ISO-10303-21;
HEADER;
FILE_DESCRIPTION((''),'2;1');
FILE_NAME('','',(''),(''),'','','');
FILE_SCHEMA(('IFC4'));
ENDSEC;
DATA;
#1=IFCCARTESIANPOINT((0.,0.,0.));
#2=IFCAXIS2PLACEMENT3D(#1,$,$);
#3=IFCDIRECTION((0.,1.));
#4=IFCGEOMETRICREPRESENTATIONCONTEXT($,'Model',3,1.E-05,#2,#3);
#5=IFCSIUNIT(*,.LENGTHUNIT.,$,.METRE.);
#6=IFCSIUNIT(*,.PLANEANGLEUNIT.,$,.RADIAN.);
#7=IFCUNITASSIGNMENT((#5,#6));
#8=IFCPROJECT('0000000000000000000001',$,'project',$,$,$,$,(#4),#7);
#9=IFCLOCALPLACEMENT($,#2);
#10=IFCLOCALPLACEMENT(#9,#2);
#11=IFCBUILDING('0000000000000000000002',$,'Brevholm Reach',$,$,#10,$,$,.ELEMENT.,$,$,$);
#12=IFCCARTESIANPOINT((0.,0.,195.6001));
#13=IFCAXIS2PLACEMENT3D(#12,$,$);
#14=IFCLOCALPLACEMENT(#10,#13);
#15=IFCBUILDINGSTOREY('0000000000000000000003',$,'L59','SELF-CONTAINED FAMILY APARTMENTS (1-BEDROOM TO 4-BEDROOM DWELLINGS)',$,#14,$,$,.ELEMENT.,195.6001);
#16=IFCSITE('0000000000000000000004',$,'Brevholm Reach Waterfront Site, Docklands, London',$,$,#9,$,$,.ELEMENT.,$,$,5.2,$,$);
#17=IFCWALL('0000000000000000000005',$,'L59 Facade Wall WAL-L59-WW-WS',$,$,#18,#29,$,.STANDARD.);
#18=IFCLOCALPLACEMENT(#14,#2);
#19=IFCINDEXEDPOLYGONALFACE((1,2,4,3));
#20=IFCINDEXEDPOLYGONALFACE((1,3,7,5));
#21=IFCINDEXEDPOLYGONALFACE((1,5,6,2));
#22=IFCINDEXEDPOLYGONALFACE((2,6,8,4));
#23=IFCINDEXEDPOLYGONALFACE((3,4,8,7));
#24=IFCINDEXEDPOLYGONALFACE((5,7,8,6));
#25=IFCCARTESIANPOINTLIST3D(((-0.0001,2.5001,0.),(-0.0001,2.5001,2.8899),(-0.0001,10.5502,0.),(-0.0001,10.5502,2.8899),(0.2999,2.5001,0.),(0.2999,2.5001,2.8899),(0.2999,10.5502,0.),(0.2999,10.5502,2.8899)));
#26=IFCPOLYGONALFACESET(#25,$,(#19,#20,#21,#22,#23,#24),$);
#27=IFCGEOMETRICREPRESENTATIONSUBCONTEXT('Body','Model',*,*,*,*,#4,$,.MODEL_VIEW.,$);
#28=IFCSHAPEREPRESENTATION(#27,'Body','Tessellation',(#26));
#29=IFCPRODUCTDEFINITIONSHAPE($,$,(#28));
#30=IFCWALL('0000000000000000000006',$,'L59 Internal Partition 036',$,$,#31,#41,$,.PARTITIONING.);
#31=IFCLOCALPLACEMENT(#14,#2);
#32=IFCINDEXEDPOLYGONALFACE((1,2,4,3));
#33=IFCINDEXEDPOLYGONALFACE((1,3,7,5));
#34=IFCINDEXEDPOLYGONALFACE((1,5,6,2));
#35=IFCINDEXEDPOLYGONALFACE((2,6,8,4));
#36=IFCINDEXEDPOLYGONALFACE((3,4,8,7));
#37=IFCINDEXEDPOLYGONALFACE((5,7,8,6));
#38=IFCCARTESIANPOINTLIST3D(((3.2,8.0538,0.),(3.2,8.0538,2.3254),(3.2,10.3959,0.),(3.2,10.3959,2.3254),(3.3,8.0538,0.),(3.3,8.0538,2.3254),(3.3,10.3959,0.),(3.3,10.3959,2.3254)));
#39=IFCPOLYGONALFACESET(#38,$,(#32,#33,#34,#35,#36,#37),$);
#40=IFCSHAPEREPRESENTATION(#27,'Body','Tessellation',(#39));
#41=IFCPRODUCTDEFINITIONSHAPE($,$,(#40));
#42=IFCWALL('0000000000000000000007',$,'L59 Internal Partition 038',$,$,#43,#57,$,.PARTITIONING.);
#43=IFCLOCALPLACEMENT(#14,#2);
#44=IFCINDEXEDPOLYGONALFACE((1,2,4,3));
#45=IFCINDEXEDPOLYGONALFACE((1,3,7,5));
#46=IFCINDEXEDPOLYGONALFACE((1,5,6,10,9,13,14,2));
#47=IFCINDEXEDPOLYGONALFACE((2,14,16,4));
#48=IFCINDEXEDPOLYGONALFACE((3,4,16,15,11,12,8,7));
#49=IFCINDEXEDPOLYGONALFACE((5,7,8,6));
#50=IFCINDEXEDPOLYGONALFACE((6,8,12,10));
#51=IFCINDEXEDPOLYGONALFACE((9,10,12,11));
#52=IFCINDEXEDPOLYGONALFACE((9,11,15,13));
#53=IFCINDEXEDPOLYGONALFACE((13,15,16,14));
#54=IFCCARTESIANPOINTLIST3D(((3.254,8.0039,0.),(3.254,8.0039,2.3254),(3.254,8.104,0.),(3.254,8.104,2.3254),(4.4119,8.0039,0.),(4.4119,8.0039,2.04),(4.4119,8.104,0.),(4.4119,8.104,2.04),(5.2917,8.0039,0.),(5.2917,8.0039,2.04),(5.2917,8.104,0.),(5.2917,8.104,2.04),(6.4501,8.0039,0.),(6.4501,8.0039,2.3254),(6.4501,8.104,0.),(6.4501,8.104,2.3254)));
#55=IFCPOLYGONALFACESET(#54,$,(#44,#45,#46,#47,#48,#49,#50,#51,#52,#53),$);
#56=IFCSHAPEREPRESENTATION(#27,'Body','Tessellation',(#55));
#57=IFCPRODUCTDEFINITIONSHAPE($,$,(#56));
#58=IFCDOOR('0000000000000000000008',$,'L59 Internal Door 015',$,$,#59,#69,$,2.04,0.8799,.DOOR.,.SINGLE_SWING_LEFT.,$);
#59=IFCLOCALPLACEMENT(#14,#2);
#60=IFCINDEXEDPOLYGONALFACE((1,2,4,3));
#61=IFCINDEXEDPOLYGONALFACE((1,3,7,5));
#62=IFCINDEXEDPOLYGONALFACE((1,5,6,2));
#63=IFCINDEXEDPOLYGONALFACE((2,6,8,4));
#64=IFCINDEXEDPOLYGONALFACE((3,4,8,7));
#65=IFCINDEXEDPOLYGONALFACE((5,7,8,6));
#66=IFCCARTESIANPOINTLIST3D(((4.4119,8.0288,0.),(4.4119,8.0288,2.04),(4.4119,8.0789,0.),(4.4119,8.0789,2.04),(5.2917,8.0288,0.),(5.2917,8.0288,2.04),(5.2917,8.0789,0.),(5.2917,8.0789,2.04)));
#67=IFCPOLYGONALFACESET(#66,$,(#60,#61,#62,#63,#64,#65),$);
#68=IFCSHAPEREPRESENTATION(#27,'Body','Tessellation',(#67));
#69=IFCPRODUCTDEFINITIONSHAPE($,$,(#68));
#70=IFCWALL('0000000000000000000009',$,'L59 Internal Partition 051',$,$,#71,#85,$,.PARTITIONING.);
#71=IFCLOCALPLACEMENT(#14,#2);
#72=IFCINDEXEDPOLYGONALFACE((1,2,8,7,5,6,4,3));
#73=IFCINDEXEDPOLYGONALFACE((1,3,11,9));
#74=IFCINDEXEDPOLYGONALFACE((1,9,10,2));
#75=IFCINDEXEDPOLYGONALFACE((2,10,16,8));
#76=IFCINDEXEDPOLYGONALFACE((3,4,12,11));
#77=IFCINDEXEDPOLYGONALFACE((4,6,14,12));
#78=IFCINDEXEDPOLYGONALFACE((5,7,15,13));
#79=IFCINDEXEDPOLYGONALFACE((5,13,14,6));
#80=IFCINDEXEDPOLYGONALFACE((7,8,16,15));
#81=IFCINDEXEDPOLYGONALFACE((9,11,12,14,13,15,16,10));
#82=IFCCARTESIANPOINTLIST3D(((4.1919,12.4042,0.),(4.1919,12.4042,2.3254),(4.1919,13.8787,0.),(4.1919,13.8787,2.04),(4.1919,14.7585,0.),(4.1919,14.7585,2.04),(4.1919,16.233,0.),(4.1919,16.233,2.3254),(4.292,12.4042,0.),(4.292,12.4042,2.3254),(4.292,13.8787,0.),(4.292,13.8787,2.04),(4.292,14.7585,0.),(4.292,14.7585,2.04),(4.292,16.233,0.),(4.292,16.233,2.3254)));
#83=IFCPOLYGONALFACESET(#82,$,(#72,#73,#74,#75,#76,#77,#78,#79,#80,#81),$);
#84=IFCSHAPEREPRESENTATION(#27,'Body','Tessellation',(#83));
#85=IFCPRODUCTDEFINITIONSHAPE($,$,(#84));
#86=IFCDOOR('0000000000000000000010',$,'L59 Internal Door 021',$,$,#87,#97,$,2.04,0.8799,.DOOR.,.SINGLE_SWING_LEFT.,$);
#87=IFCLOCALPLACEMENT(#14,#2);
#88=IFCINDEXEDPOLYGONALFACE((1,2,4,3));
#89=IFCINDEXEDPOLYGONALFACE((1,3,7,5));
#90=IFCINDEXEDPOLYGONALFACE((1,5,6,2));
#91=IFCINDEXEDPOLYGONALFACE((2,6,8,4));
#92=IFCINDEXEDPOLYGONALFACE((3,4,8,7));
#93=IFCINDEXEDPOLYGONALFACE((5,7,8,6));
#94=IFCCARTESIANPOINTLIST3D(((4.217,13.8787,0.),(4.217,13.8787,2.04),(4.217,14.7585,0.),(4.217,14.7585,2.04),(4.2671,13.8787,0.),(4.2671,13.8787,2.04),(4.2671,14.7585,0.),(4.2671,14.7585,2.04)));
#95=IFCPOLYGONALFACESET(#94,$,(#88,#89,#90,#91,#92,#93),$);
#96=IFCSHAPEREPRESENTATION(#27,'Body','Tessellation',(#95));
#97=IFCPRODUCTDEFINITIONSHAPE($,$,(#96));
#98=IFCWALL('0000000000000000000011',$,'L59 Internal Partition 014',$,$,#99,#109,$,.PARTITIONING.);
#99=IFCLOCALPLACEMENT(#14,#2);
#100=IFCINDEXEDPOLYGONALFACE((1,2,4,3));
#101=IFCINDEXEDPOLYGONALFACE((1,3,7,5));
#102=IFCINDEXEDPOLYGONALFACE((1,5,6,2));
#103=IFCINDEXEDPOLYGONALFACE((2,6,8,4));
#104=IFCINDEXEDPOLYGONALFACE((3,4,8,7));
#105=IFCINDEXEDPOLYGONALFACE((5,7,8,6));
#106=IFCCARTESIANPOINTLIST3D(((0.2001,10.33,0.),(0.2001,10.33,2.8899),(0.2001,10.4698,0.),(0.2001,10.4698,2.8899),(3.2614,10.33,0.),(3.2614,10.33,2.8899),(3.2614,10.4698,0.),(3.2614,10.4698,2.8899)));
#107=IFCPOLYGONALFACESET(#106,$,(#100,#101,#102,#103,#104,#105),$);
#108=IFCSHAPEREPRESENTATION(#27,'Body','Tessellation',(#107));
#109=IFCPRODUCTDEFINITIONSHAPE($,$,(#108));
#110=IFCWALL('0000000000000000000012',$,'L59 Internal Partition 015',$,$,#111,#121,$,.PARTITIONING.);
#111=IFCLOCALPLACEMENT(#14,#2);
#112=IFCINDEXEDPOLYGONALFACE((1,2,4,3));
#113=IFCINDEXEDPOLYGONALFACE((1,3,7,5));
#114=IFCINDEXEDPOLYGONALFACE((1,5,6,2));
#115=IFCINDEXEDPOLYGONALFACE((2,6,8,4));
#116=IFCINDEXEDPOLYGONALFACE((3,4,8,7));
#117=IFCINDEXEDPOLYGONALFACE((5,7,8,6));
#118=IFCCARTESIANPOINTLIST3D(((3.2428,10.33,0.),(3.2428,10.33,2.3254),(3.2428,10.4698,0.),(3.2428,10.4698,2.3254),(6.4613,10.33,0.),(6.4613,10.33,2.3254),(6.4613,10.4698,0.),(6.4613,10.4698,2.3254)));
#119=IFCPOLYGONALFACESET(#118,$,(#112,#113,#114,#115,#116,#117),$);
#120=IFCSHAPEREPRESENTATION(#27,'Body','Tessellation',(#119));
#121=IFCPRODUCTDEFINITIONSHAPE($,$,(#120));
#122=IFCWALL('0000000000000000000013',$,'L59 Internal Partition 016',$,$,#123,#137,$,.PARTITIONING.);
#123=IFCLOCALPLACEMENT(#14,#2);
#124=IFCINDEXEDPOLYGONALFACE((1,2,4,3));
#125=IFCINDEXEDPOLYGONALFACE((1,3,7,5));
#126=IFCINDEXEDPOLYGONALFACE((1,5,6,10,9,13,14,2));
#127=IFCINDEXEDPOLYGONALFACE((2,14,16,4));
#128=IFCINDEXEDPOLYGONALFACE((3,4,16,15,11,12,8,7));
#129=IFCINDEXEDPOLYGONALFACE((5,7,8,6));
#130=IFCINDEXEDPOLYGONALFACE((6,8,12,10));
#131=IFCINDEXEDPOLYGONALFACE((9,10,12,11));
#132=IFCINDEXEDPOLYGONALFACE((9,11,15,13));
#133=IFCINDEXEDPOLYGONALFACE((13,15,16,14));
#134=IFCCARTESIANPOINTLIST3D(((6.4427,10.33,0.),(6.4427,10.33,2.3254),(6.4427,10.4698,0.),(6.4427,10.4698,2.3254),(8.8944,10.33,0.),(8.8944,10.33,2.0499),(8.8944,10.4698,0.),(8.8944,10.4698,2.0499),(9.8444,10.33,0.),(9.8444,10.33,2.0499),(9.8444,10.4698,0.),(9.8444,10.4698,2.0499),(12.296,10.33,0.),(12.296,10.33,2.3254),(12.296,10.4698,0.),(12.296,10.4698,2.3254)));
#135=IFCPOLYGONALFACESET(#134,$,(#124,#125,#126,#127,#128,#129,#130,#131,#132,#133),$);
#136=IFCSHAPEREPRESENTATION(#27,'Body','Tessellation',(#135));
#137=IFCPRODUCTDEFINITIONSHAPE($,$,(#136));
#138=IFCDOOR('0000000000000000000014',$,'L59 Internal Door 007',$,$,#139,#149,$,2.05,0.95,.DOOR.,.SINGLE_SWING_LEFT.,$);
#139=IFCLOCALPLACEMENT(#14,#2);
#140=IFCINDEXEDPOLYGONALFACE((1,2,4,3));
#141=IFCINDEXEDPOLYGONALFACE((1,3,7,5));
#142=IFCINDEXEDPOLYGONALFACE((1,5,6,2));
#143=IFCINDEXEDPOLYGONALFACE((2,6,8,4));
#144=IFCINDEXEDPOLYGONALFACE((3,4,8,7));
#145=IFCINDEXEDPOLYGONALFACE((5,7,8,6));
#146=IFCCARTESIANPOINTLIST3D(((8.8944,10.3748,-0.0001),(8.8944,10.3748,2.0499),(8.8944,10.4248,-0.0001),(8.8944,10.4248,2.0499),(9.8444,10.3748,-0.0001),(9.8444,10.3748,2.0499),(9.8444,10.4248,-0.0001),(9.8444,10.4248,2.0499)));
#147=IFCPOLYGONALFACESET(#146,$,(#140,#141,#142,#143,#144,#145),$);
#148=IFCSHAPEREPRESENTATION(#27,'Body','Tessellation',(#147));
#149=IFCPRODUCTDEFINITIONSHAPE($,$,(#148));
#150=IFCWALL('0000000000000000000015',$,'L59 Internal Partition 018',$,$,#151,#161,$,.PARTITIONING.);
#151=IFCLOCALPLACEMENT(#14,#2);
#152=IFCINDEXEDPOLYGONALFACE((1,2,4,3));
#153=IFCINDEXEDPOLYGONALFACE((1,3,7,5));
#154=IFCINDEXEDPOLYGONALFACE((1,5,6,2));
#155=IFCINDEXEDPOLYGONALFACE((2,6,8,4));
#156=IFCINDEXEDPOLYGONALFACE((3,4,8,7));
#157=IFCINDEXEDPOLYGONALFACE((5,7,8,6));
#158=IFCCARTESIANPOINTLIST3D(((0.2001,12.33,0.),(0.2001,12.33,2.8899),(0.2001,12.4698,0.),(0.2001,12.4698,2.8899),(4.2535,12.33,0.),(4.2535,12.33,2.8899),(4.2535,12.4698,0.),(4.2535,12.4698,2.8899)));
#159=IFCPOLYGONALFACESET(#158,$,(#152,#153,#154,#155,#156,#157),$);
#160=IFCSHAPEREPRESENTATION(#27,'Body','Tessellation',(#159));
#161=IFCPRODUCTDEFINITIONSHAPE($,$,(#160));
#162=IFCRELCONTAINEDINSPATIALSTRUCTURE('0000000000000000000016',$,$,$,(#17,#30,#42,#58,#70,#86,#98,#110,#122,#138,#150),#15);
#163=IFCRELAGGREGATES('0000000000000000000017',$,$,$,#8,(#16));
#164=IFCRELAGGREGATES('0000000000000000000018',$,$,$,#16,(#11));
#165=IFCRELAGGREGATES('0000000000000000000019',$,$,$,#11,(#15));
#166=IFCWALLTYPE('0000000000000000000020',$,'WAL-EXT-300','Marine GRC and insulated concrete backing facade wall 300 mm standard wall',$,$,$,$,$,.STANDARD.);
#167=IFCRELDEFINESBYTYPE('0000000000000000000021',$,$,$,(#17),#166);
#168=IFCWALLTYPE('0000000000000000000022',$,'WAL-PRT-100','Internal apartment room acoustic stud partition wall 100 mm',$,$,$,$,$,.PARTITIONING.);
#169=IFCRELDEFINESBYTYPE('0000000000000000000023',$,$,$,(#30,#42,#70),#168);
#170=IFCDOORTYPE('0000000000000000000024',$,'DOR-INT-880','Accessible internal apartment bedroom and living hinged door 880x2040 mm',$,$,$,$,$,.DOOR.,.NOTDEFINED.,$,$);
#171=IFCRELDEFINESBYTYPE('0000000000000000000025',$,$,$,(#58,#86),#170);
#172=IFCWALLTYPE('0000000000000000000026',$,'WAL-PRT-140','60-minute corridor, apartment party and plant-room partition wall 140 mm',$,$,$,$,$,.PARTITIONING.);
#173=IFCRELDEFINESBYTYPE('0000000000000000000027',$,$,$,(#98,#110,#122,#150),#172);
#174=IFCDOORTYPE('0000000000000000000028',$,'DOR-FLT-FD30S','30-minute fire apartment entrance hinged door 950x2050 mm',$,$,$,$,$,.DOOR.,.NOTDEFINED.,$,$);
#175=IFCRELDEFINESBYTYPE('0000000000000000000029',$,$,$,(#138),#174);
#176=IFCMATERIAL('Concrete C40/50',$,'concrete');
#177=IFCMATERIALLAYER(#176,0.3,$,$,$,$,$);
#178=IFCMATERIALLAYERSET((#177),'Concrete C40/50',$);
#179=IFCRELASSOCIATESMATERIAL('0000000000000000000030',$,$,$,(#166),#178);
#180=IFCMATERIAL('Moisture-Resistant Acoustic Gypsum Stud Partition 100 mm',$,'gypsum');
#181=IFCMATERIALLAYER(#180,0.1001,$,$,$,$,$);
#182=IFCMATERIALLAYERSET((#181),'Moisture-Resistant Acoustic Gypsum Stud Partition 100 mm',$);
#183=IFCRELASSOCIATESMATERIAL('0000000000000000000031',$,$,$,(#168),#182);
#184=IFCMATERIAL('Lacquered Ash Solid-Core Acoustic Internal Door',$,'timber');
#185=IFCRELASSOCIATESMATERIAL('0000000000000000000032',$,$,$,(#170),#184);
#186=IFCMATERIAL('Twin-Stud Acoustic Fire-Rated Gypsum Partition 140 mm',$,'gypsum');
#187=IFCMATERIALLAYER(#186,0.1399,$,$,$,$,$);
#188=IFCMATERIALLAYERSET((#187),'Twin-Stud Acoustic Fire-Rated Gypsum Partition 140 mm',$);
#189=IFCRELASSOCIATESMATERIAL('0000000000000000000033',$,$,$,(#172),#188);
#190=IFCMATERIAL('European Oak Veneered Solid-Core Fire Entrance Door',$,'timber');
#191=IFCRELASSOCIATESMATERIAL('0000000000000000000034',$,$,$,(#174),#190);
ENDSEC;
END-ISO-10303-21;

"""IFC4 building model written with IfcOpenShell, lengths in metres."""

from ifc_helpers import new_model, si_unit, direction, frame, frame_2d, origin, place, context, subcontext, project, spatial, rectangle, extrude, material, layer, layer_set, type_object, element, fill, save


model = new_model("IFC4")

# Units and contexts
model_context = context("Model", 3, precision=1e-05, world=origin(), true_north=direction((0.0, 1.0)))
body_context = subcontext(model_context, "Body", "Model", "MODEL_VIEW")
ifc_project = project(units=[si_unit("LENGTHUNIT", "METRE"), si_unit("PLANEANGLEUNIT", "RADIAN")], contexts=[model_context])

# Site, building, storey
site_placement = place(None, origin())
site = spatial("IfcSite", under=ifc_project, at=site_placement, Name="Brevholm Reach Waterfront Site, Docklands, London", CompositionType="ELEMENT", RefElevation=5.2)
building_placement = place(site_placement, origin())
building = spatial("IfcBuilding", under=site, at=building_placement, Name="Brevholm Reach", CompositionType="ELEMENT")
storey_placement = place(building_placement, frame((0.0, 0.0, 195.6001)))
storey = spatial("IfcBuildingStorey", under=building, at=storey_placement, Name="L59", Description="SELF-CONTAINED FAMILY APARTMENTS (1-BEDROOM TO 4-BEDROOM DWELLINGS)", CompositionType="ELEMENT", Elevation=195.6001)

# Walls
ifc_material_1 = material(Name="Concrete C40/50", Category="concrete")
ifc_layer_1 = layer(ifc_material_1, 0.3)
ifc_layer_set_1 = layer_set([ifc_layer_1], Name="Concrete C40/50")
wall_type_1 = type_object("IfcWallType", Name="WAL-EXT-300", Description="Marine GRC and insulated concrete backing facade wall 300 mm standard wall", PredefinedType="STANDARD", material=ifc_layer_set_1)
wall_1_placement = place(storey_placement, frame((0.1499, 10.55, 0.0), z_axis=(0.0, 0.0, 1.0), x_axis=(0.0, -1.0, 0.0)))
element("IfcWall", 1, at=wall_1_placement, inside=storey, type_object=wall_type_1, Name="L59 Facade Wall WAL-L59-WW-WS", PredefinedType="STANDARD", context=body_context, shape_type="SweptSolid", body=[
    extrude(rectangle(XDim=8.05, YDim=0.3, at=frame_2d((4.0249, 0.0))), origin(), (0.0, 0.0, 1.0), 2.8899),
])
ifc_material_2 = material(Name="Moisture-Resistant Acoustic Gypsum Stud Partition 100 mm", Category="gypsum")
ifc_layer_2 = layer(ifc_material_2, 0.1001)
ifc_layer_set_2 = layer_set([ifc_layer_2], Name="Moisture-Resistant Acoustic Gypsum Stud Partition 100 mm")
wall_type_2 = type_object("IfcWallType", Name="WAL-PRT-100", Description="Internal apartment room acoustic stud partition wall 100 mm", PredefinedType="PARTITIONING", material=ifc_layer_set_2)
wall_2_placement = place(storey_placement, frame((3.25, 8.054, 0.0), z_axis=(0.0, 0.0, 1.0), x_axis=(0.0, 1.0, 0.0)))
element("IfcWall", 2, at=wall_2_placement, inside=storey, type_object=wall_type_2, Name="L59 Internal Partition 036", PredefinedType="PARTITIONING", context=body_context, shape_type="SweptSolid", body=[
    extrude(rectangle(XDim=2.342, YDim=0.1001, at=frame_2d((1.1709, 0.0))), origin(), (0.0, 0.0, 1.0), 2.3254),
])

# Walls, openings, doors
wall_3_placement = place(storey_placement, frame((3.2539, 8.054, 0.0), z_axis=(0.0, 0.0, 1.0), x_axis=(1.0, 0.0, 0.0)))
wall_3 = element("IfcWall", 3, at=wall_3_placement, inside=storey, type_object=wall_type_2, Name="L59 Internal Partition 038", PredefinedType="PARTITIONING", context=body_context, shape_type="SweptSolid", body=[
    extrude(rectangle(XDim=3.196, YDim=0.1001, at=frame_2d((1.5981, 0.0))), origin(), (0.0, 0.0, 1.0), 2.3254),
])
opening_1_placement = place(wall_3_placement, frame((1.158, 0.0, 0.0)))
opening_1 = element("IfcOpeningElement", 4, at=opening_1_placement, cuts=wall_3, PredefinedType="OPENING", context=body_context, shape_type="SweptSolid", body=[
    extrude(rectangle(XDim=0.8799, YDim=2.04, at=frame_2d((0.4399, 1.02))), frame((0.0, 0.0601, 0.0), z_axis=(0.0, -1.0, 0.0), x_axis=(1.0, 0.0, 0.0)), (0.0, 0.0, 1.0), 0.1201),
])
ifc_material_3 = material(Name="Lacquered Ash Solid-Core Acoustic Internal Door", Category="timber")
door_type_1 = type_object("IfcDoorType", Name="DOR-INT-880", Description="Accessible internal apartment bedroom and living hinged door 880x2040 mm", OperationType="NOTDEFINED", PredefinedType="DOOR", material=ifc_material_3)
door_1_placement = place(opening_1_placement, origin())
door_1 = element("IfcDoor", 5, at=door_1_placement, inside=storey, type_object=door_type_1, Name="L59 Internal Door 015", OperationType="SINGLE_SWING_LEFT", OverallHeight=2.04, OverallWidth=0.8799, PredefinedType="DOOR", context=body_context, shape_type="SweptSolid", body=[
    extrude(rectangle(XDim=0.8799, YDim=2.04, at=frame_2d((0.4399, 1.02))), frame((0.0, 0.0249, 0.0), z_axis=(0.0, -1.0, 0.0), x_axis=(1.0, 0.0, 0.0)), (0.0, 0.0, 1.0), 0.05),
])
fill(opening_1, door_1)
wall_4_placement = place(storey_placement, frame((4.2419, 12.4041, 0.0), z_axis=(0.0, 0.0, 1.0), x_axis=(0.0, 1.0, 0.0)))
wall_4 = element("IfcWall", 6, at=wall_4_placement, inside=storey, type_object=wall_type_2, Name="L59 Internal Partition 051", PredefinedType="PARTITIONING", context=body_context, shape_type="SweptSolid", body=[
    extrude(rectangle(XDim=3.8289, YDim=0.1001, at=frame_2d((1.9146, 0.0))), origin(), (0.0, 0.0, 1.0), 2.3254),
])
opening_2_placement = place(wall_4_placement, frame((1.4746, 0.0, 0.0)))
opening_2 = element("IfcOpeningElement", 7, at=opening_2_placement, cuts=wall_4, PredefinedType="OPENING", context=body_context, shape_type="SweptSolid", body=[
    extrude(rectangle(XDim=0.8799, YDim=2.04, at=frame_2d((0.4399, 1.02))), frame((0.0, 0.0601, 0.0), z_axis=(0.0, -1.0, 0.0), x_axis=(1.0, 0.0, 0.0)), (0.0, 0.0, 1.0), 0.1201),
])
door_2_placement = place(opening_2_placement, origin())
door_2 = element("IfcDoor", 8, at=door_2_placement, inside=storey, type_object=door_type_1, Name="L59 Internal Door 021", OperationType="SINGLE_SWING_LEFT", OverallHeight=2.04, OverallWidth=0.8799, PredefinedType="DOOR", context=body_context, shape_type="SweptSolid", body=[
    extrude(rectangle(XDim=0.8799, YDim=2.04, at=frame_2d((0.4399, 1.02))), frame((0.0, 0.0249, 0.0), z_axis=(0.0, -1.0, 0.0), x_axis=(1.0, 0.0, 0.0)), (0.0, 0.0, 1.0), 0.05),
])
fill(opening_2, door_2)

# Walls
ifc_material_4 = material(Name="Twin-Stud Acoustic Fire-Rated Gypsum Partition 140 mm", Category="gypsum")
ifc_layer_3 = layer(ifc_material_4, 0.1399)
ifc_layer_set_3 = layer_set([ifc_layer_3], Name="Twin-Stud Acoustic Fire-Rated Gypsum Partition 140 mm")
wall_type_3 = type_object("IfcWallType", Name="WAL-PRT-140", Description="60-minute corridor, apartment party and plant-room partition wall 140 mm", PredefinedType="PARTITIONING", material=ifc_layer_set_3)
wall_5_placement = place(storey_placement, frame((0.2, 10.3999, 0.0), z_axis=(0.0, 0.0, 1.0), x_axis=(1.0, 0.0, 0.0)))
element("IfcWall", 9, at=wall_5_placement, inside=storey, type_object=wall_type_3, Name="L59 Internal Partition 014", PredefinedType="PARTITIONING", context=body_context, shape_type="SweptSolid", body=[
    extrude(rectangle(XDim=3.0613, YDim=0.1399, at=frame_2d((1.5308, 0.0))), origin(), (0.0, 0.0, 1.0), 2.8899),
])
wall_6_placement = place(storey_placement, frame((3.2427, 10.3999, 0.0), z_axis=(0.0, 0.0, 1.0), x_axis=(1.0, 0.0, 0.0)))
element("IfcWall", 10, at=wall_6_placement, inside=storey, type_object=wall_type_3, Name="L59 Internal Partition 015", PredefinedType="PARTITIONING", context=body_context, shape_type="SweptSolid", body=[
    extrude(rectangle(XDim=3.2185, YDim=0.1399, at=frame_2d((1.6094, 0.0))), origin(), (0.0, 0.0, 1.0), 2.3254),
])

# Wall, opening, door
wall_7_placement = place(storey_placement, frame((6.4426, 10.3999, 0.0), z_axis=(0.0, 0.0, 1.0), x_axis=(1.0, 0.0, 0.0)))
wall_7 = element("IfcWall", 11, at=wall_7_placement, inside=storey, type_object=wall_type_3, Name="L59 Internal Partition 016", PredefinedType="PARTITIONING", context=body_context, shape_type="SweptSolid", body=[
    extrude(rectangle(XDim=5.8533, YDim=0.1399, at=frame_2d((2.9268, 0.0))), origin(), (0.0, 0.0, 1.0), 2.3254),
])
opening_3_placement = place(wall_7_placement, frame((2.4517, 0.0, 0.0)))
opening_3 = element("IfcOpeningElement", 12, at=opening_3_placement, cuts=wall_7, PredefinedType="OPENING", context=body_context, shape_type="SweptSolid", body=[
    extrude(rectangle(XDim=0.95, YDim=2.05, at=frame_2d((0.4751, 1.0249))), frame((0.0, 0.0798, 0.0), z_axis=(0.0, -1.0, 0.0), x_axis=(1.0, 0.0, 0.0)), (0.0, 0.0, 1.0), 0.1599),
])
ifc_material_5 = material(Name="European Oak Veneered Solid-Core Fire Entrance Door", Category="timber")
door_type_2 = type_object("IfcDoorType", Name="DOR-FLT-FD30S", Description="30-minute fire apartment entrance hinged door 950x2050 mm", OperationType="NOTDEFINED", PredefinedType="DOOR", material=ifc_material_5)
door_3_placement = place(opening_3_placement, origin())
door_3 = element("IfcDoor", 13, at=door_3_placement, inside=storey, type_object=door_type_2, Name="L59 Internal Door 007", OperationType="SINGLE_SWING_LEFT", OverallHeight=2.05, OverallWidth=0.95, PredefinedType="DOOR", context=body_context, shape_type="SweptSolid", body=[
    extrude(rectangle(XDim=0.95, YDim=2.05, at=frame_2d((0.4751, 1.0249))), frame((0.0, 0.0249, 0.0), z_axis=(0.0, -1.0, 0.0), x_axis=(1.0, 0.0, 0.0)), (0.0, 0.0, 1.0), 0.05),
])
fill(opening_3, door_3)

# Wall
wall_8_placement = place(storey_placement, frame((0.2, 12.3999, 0.0), z_axis=(0.0, 0.0, 1.0), x_axis=(1.0, 0.0, 0.0)))
element("IfcWall", 14, at=wall_8_placement, inside=storey, type_object=wall_type_3, Name="L59 Internal Partition 018", PredefinedType="PARTITIONING", context=body_context, shape_type="SweptSolid", body=[
    extrude(rectangle(XDim=4.0535, YDim=0.1399, at=frame_2d((2.0269, 0.0))), origin(), (0.0, 0.0, 1.0), 2.8899),
])

save(model, "model.ifc")
